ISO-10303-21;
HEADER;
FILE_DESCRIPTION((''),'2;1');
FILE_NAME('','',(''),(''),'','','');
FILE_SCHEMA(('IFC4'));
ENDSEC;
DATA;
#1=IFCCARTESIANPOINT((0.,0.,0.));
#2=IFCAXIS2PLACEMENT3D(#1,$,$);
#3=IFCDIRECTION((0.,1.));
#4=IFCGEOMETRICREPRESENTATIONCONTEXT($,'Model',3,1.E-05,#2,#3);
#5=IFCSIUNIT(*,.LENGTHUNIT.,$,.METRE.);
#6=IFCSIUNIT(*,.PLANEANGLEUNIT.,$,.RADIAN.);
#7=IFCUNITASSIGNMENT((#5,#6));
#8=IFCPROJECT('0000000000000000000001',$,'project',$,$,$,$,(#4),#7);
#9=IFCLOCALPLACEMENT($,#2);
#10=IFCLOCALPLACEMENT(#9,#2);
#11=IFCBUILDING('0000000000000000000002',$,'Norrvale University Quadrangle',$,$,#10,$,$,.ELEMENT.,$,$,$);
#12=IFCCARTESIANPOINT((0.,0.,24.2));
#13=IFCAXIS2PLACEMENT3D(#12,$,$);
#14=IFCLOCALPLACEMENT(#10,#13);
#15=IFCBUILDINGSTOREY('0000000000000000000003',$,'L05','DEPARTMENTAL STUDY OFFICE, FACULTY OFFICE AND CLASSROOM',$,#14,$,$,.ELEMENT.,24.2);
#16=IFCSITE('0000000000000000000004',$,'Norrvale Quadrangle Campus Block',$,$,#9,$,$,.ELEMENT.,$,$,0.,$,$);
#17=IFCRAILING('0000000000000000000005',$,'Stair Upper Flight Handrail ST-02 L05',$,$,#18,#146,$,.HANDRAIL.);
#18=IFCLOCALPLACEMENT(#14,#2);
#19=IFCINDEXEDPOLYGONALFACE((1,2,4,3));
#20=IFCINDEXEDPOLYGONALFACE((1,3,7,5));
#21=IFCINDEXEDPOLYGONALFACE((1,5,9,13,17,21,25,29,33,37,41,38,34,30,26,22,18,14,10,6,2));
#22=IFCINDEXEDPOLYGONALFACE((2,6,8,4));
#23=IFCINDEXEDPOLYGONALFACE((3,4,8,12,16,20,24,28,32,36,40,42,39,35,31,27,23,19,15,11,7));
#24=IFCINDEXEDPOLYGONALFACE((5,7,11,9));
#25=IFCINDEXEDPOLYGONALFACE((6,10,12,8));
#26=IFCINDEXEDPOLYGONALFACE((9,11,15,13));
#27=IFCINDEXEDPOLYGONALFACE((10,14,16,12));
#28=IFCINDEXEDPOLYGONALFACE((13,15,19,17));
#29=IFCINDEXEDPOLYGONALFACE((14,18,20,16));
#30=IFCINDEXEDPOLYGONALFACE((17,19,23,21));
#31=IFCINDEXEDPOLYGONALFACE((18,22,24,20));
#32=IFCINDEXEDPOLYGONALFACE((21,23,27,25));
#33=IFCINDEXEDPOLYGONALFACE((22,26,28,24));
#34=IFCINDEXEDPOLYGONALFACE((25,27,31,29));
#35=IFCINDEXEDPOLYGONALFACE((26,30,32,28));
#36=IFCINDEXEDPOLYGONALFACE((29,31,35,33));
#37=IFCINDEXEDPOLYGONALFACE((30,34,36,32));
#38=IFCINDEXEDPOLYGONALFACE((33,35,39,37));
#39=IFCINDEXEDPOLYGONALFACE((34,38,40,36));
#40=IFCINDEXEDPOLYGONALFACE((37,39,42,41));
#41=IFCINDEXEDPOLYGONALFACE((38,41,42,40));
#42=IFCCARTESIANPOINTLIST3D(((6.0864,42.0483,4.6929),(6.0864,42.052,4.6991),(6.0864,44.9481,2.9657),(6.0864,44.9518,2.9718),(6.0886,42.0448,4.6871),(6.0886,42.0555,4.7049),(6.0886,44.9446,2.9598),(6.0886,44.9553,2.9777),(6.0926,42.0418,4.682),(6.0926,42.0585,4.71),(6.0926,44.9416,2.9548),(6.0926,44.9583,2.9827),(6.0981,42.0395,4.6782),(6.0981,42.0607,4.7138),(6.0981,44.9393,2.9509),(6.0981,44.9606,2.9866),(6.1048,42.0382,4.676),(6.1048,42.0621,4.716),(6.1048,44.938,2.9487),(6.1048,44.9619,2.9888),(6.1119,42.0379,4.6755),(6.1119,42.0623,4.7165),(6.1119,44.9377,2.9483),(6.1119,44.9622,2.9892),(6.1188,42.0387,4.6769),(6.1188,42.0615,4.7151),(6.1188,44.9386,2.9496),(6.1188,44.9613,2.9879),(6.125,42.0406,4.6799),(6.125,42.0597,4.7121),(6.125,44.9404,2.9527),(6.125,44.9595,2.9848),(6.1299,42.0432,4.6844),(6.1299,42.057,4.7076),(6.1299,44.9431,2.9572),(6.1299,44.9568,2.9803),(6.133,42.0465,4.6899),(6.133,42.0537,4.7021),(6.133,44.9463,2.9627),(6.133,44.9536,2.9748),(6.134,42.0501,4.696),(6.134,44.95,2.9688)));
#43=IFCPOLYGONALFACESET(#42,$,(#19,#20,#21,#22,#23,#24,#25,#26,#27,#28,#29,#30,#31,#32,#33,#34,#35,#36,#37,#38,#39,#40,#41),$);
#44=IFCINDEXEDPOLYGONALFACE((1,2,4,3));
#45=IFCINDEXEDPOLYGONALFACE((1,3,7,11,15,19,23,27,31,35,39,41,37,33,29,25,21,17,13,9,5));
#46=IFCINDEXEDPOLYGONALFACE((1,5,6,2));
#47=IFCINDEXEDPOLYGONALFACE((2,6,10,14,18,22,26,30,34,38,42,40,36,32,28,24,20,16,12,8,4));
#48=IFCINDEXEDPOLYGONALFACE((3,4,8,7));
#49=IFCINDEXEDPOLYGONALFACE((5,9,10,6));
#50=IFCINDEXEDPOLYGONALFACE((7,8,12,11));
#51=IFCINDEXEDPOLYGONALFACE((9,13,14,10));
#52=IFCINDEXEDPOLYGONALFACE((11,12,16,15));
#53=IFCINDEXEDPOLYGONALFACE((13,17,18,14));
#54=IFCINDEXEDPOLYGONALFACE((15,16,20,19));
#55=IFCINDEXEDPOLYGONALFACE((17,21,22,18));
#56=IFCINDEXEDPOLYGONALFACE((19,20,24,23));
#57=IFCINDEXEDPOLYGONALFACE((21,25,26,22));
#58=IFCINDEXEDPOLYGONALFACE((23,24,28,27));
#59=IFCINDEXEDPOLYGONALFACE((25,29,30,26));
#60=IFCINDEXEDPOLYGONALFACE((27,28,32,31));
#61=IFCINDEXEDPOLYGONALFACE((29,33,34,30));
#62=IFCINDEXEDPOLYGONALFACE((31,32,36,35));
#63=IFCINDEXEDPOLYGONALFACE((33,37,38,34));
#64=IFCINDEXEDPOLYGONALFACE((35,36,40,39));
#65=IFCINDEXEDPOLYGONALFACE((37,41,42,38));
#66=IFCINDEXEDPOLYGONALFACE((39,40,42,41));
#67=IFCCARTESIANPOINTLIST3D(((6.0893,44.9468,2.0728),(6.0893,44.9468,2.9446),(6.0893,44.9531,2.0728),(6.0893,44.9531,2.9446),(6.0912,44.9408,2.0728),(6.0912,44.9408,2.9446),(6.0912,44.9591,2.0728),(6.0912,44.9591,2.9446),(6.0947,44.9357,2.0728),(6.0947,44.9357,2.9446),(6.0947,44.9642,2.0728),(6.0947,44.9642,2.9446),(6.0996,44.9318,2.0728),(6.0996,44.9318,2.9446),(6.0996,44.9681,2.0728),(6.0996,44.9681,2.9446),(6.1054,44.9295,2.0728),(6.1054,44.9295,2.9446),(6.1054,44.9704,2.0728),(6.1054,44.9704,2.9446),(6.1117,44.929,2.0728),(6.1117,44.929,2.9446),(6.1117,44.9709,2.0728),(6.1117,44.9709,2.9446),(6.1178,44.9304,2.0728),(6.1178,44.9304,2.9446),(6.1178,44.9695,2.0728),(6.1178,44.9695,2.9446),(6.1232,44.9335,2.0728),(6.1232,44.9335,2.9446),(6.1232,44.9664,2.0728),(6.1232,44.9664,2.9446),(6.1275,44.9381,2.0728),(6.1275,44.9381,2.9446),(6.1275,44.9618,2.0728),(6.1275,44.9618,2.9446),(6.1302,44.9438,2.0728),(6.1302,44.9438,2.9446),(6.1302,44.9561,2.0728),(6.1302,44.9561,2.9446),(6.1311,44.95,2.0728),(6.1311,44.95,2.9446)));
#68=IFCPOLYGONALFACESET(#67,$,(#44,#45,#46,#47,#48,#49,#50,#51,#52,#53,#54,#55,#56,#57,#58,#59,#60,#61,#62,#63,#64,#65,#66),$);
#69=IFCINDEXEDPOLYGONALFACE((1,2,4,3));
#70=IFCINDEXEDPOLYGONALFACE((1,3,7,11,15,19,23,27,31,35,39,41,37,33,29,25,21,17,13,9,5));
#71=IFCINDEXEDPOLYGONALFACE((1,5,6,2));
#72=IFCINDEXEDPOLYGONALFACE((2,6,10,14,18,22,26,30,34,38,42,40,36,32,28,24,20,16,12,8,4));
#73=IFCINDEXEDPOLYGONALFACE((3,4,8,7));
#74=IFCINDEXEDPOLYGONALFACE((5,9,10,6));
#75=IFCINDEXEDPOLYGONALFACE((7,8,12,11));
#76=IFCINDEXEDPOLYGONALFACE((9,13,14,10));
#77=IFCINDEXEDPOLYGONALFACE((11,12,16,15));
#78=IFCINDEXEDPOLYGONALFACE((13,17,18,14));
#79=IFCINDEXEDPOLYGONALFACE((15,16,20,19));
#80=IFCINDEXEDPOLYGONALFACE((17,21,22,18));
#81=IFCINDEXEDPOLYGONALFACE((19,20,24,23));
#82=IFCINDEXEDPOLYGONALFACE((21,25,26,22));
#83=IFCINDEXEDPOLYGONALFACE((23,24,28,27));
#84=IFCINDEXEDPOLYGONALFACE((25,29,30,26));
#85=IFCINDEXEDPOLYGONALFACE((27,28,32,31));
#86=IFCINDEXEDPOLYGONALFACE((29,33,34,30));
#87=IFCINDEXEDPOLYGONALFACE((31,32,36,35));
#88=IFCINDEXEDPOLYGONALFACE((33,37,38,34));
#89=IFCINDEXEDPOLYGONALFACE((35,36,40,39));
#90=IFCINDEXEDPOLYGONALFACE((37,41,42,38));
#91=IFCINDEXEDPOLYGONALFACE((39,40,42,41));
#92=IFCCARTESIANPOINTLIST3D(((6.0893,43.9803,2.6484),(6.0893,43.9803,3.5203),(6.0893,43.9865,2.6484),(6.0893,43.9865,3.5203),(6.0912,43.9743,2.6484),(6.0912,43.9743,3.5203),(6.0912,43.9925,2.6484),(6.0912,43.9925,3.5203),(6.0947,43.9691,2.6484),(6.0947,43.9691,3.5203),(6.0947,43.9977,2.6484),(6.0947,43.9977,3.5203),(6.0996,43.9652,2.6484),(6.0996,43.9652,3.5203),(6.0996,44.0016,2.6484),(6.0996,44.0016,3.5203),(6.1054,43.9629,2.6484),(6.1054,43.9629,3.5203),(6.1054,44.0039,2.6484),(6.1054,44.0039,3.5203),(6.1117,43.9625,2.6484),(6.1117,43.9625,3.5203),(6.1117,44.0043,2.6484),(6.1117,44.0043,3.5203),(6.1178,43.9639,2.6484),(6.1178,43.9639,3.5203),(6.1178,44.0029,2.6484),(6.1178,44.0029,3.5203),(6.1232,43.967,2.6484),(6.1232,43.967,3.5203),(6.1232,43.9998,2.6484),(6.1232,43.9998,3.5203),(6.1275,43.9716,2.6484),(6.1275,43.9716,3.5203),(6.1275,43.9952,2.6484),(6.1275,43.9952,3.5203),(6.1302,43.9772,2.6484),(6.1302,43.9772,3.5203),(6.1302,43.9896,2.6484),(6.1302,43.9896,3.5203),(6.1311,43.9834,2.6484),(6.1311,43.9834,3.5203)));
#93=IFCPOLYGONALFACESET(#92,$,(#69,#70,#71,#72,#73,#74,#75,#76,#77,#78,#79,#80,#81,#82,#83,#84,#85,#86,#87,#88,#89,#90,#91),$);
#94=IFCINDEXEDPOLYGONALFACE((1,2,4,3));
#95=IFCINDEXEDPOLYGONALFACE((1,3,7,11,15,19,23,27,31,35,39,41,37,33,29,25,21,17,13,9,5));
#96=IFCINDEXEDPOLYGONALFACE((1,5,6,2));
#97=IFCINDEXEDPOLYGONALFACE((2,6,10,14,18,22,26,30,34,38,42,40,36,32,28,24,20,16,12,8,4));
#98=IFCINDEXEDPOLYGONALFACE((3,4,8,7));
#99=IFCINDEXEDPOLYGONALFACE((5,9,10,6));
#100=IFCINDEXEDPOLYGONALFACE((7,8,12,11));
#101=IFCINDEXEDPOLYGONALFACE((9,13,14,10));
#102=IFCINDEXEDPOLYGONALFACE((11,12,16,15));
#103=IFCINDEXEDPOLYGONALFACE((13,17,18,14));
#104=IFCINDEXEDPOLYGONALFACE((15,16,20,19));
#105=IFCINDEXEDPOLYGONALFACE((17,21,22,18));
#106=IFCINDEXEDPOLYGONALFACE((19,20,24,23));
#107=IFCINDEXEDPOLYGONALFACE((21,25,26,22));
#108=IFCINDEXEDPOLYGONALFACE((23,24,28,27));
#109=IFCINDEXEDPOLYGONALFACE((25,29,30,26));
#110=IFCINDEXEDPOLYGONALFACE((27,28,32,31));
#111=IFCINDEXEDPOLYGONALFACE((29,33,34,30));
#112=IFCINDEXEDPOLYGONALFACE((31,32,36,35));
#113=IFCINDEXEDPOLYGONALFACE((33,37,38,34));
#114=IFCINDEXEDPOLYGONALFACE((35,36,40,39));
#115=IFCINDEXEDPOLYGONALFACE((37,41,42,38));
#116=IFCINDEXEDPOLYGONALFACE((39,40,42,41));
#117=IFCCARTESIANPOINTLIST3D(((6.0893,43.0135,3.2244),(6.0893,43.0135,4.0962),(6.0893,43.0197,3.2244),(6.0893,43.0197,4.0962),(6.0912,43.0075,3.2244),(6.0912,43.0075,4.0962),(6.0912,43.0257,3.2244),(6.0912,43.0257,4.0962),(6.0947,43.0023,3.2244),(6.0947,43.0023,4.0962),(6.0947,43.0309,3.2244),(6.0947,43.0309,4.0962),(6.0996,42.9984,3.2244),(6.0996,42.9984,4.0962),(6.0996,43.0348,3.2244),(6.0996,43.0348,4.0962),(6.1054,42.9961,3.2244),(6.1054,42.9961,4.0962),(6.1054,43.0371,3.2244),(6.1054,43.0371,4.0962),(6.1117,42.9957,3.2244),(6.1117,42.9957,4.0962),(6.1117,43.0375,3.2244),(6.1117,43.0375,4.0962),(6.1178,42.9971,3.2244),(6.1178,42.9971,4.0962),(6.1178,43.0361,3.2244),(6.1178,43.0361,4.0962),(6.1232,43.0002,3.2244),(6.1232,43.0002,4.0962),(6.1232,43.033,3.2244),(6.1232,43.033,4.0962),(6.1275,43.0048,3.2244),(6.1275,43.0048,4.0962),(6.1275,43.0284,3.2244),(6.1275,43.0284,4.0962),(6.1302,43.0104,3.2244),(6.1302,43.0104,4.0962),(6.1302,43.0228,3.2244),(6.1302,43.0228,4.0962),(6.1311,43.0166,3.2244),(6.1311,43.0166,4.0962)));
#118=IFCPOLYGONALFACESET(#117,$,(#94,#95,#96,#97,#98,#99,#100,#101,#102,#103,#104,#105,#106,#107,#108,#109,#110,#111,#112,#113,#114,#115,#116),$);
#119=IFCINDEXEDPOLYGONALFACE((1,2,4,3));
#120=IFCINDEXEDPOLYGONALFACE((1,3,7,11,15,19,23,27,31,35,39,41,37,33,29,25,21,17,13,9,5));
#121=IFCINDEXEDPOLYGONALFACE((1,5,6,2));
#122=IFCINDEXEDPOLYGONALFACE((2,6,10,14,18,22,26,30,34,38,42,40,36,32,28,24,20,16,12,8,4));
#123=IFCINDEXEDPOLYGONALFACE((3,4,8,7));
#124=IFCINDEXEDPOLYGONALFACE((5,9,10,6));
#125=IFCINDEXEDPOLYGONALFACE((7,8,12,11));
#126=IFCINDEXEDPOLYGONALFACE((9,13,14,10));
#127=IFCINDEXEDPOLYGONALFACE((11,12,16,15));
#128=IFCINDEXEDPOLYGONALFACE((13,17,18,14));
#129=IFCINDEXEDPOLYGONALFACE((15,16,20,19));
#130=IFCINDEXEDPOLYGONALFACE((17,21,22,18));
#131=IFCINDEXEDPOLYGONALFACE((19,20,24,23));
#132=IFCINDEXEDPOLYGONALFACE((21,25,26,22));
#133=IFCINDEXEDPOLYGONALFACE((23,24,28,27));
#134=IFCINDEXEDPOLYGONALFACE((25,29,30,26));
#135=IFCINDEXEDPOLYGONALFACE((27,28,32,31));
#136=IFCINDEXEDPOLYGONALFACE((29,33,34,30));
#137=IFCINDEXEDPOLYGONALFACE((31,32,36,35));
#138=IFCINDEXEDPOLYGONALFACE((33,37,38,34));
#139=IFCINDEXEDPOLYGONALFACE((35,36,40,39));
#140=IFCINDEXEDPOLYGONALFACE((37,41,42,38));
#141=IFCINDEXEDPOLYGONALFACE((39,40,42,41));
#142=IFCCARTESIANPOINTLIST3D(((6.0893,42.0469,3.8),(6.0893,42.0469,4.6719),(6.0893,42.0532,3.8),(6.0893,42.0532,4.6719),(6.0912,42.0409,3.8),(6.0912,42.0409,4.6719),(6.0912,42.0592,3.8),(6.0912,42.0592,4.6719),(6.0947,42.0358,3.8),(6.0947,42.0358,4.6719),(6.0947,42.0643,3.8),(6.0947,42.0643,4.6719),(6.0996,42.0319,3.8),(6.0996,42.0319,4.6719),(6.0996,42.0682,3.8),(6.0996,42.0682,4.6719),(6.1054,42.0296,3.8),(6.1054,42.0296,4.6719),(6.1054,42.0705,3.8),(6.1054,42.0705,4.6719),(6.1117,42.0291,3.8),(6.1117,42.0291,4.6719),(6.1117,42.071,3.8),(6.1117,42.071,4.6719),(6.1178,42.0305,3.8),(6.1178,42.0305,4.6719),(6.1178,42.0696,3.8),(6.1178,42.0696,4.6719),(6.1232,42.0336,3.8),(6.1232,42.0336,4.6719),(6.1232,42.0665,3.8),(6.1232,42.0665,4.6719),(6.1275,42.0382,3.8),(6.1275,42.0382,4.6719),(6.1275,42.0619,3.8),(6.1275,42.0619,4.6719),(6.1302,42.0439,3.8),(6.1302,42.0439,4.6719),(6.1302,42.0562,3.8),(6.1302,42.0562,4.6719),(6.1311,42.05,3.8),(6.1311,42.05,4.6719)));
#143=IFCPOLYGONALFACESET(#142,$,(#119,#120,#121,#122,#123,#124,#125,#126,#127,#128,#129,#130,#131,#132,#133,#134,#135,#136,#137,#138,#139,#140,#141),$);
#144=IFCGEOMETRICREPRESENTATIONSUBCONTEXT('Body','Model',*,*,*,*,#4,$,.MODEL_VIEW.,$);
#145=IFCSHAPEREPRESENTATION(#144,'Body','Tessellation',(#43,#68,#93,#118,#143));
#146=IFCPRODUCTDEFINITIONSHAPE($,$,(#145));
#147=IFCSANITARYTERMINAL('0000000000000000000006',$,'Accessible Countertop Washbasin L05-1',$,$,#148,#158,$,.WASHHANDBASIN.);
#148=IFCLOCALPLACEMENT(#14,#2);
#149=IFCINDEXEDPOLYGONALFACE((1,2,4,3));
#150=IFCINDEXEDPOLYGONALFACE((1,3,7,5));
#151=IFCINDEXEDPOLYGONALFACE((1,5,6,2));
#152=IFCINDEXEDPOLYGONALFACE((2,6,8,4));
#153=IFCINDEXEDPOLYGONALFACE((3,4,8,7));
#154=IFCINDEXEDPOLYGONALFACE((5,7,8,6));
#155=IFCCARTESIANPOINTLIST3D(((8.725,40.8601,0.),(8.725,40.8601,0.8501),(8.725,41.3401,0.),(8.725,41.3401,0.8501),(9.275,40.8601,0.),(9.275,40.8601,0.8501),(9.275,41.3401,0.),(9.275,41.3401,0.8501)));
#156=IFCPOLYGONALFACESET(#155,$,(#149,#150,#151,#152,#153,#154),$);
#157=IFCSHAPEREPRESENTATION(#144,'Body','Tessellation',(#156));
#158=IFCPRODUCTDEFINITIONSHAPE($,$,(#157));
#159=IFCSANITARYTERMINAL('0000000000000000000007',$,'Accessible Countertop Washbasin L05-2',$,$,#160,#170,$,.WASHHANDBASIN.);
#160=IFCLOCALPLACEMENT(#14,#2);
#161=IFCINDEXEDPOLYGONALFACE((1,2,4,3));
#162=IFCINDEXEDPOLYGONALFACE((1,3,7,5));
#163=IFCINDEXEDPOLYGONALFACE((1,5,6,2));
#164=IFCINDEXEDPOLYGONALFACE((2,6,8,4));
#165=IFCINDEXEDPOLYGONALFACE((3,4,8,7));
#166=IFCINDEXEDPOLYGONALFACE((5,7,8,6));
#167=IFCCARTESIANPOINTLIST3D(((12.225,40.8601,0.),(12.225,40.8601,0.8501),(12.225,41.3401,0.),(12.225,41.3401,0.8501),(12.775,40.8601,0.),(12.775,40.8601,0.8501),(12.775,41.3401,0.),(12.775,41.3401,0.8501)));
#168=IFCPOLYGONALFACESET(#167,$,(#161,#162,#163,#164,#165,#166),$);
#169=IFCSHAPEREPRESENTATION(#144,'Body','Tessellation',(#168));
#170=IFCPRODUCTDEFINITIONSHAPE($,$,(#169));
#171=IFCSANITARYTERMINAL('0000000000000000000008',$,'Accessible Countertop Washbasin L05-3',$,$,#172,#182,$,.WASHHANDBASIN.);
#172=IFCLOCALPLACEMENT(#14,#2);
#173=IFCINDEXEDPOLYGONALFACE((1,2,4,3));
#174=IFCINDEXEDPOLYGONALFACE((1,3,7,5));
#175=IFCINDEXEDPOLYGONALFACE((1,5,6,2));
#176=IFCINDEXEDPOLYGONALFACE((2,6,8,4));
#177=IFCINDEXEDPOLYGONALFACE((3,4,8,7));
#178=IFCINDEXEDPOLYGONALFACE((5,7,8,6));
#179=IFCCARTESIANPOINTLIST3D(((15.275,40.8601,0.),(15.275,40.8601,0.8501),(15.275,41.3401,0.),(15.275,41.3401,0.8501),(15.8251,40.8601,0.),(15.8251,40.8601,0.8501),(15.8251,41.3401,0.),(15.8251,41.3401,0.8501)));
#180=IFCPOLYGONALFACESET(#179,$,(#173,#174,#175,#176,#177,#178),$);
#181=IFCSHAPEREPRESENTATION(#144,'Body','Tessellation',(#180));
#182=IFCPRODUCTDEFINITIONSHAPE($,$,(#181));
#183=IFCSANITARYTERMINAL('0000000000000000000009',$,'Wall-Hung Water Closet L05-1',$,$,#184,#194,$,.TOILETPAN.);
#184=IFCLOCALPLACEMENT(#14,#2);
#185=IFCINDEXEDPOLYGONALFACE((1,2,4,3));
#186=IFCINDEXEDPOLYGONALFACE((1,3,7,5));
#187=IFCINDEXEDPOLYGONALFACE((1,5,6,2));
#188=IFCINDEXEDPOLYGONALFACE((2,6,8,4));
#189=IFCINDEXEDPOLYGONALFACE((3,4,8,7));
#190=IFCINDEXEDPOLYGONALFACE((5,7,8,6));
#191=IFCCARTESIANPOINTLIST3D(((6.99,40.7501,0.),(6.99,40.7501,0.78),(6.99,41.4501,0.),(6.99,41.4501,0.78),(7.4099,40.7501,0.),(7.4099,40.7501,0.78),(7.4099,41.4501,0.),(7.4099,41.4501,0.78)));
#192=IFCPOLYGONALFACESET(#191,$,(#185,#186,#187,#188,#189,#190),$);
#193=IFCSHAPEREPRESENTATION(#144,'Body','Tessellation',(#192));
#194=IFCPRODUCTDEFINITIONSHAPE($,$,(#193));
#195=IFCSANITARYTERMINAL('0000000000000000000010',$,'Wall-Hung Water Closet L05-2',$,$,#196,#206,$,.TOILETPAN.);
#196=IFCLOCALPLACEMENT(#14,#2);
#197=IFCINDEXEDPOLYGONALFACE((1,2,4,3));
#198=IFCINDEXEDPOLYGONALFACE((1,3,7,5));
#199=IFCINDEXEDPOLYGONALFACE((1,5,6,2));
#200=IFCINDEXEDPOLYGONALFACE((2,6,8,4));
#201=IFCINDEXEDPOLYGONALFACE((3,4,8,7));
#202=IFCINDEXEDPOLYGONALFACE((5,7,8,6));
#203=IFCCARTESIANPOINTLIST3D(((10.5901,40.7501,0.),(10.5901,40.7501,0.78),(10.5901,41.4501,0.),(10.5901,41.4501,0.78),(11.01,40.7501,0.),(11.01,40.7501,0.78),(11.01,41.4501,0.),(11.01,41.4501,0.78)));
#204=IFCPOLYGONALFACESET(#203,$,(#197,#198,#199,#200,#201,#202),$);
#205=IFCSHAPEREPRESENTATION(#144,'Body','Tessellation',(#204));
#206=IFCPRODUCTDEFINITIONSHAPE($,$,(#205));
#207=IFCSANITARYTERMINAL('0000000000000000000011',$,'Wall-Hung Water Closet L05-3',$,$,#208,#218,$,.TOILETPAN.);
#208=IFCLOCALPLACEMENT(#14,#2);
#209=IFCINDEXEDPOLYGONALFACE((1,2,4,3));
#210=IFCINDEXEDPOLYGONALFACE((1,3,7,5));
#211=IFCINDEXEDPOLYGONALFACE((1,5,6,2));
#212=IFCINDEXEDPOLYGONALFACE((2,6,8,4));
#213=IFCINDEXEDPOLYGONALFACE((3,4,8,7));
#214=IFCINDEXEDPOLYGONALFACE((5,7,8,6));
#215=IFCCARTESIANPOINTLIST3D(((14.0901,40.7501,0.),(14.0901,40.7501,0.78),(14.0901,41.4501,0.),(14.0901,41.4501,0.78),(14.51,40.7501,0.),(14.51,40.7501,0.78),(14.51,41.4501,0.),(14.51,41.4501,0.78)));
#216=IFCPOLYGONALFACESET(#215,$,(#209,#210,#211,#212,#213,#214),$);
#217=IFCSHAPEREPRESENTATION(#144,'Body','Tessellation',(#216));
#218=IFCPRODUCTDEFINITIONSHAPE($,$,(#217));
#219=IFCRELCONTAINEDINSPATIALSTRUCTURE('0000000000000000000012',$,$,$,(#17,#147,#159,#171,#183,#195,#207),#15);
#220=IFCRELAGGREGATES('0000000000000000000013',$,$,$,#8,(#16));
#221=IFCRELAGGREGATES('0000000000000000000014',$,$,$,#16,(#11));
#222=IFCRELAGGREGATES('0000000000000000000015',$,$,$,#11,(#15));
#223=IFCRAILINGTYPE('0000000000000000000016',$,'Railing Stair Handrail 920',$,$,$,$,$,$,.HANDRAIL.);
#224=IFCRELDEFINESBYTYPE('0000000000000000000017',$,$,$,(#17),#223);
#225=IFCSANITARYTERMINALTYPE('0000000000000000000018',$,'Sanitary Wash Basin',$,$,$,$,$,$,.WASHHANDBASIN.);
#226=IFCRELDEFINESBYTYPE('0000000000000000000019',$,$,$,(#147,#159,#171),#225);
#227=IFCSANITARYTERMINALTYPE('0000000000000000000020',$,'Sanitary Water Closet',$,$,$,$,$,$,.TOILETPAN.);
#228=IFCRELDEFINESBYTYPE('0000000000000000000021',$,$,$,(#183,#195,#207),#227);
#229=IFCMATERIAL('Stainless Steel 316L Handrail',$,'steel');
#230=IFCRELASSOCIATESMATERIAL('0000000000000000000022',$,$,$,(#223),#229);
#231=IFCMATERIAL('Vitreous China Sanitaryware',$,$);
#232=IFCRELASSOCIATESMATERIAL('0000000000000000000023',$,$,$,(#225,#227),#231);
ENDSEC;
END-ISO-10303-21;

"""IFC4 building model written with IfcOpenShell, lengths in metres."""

from ifc_helpers import new_model, si_unit, direction, frame, origin, origin_2d, place, context, subcontext, project, spatial, rectangle, circle, extrude, material, type_object, element, save


model = new_model("IFC4")

# Units and contexts
model_context = context("Model", 3, precision=1e-05, world=origin(), true_north=direction((0.0, 1.0)))
body_context = subcontext(model_context, "Body", "Model", "MODEL_VIEW")
ifc_project = project(units=[si_unit("LENGTHUNIT", "METRE"), si_unit("PLANEANGLEUNIT", "RADIAN")], contexts=[model_context])

# Site, building, storey
site_placement = place(None, origin())
site = spatial("IfcSite", under=ifc_project, at=site_placement, Name="Norrvale Quadrangle Campus Block", CompositionType="ELEMENT", RefElevation=0.0)
building_placement = place(site_placement, origin())
building = spatial("IfcBuilding", under=site, at=building_placement, Name="Norrvale University Quadrangle", CompositionType="ELEMENT")
storey_placement = place(building_placement, frame((0.0, 0.0, 24.2)))
storey = spatial("IfcBuildingStorey", under=building, at=storey_placement, Name="L05", Description="DEPARTMENTAL STUDY OFFICE, FACULTY OFFICE AND CLASSROOM", CompositionType="ELEMENT", Elevation=24.2)

# Railing
ifc_material_1 = material(Name="Stainless Steel 316L Handrail", Category="steel")
railing_type_1 = type_object("IfcRailingType", Name="Railing Stair Handrail 920", PredefinedType="HANDRAIL", material=ifc_material_1)
railing_1_placement = place(storey_placement, frame((6.1101, 44.95, 2.0728)))
element("IfcRailing", 1, at=railing_1_placement, inside=storey, type_object=railing_type_1, Name="Stair Upper Flight Handrail ST-02 L05", PredefinedType="HANDRAIL", context=body_context, shape_type="SweptSolid", body=[
    extrude(circle(Radius=0.0239, at=origin_2d()), frame((0.0, 0.0, 0.896), z_axis=(0.0, -0.859141, 0.511738), x_axis=(1.0, 0.0, 0.0)), (0.0, 0.0, 1.0), 3.3752),
    extrude(circle(Radius=0.021, at=origin_2d()), origin(), (0.0, 0.0, 1.0), 0.8718),
    extrude(circle(Radius=0.021, at=origin_2d()), frame((0.0, -0.9666, 0.5757)), (0.0, 0.0, 1.0), 0.8718),
    extrude(circle(Radius=0.021, at=origin_2d()), frame((0.0, -1.9333, 1.1516)), (0.0, 0.0, 1.0), 0.8718),
    extrude(circle(Radius=0.021, at=origin_2d()), frame((0.0, -2.8999, 1.7273)), (0.0, 0.0, 1.0), 0.8718),
])

# Sanitary terminals
ifc_material_2 = material(Name="Vitreous China Sanitaryware")
sanitary_terminal_type_1 = type_object("IfcSanitaryTerminalType", Name="Sanitary Wash Basin", PredefinedType="WASHHANDBASIN", material=ifc_material_2)
for number, where, z_axis, x_axis, name in (
    (2, (9.0, 41.1001, 0.0), (0.0, 0.0, 1.0), (1.0, 0.0, 0.0), "Accessible Countertop Washbasin L05-1"),
    (3, (12.5, 41.1001, 0.0), (0.0, 0.0, 1.0), (1.0, 0.0, 0.0), "Accessible Countertop Washbasin L05-2"),
    (4, (15.55, 41.1001, 0.0), (0.0, 0.0, 1.0), (1.0, 0.0, 0.0), "Accessible Countertop Washbasin L05-3"),
):
    element("IfcSanitaryTerminal", number, at=place(storey_placement, frame(where, z_axis=z_axis, x_axis=x_axis)), inside=storey, type_object=sanitary_terminal_type_1, Name=name, PredefinedType="WASHHANDBASIN", context=body_context, shape_type="SweptSolid", body=[
        extrude(rectangle(XDim=0.55, YDim=0.48, at=origin_2d()), origin(), (0.0, 0.0, 1.0), 0.8501),
    ])
sanitary_terminal_type_2 = type_object("IfcSanitaryTerminalType", Name="Sanitary Water Closet", PredefinedType="TOILETPAN", material=ifc_material_2)
for number, where, z_axis, x_axis, name in (
    (5, (7.2, 41.1001, 0.0), (0.0, 0.0, 1.0), (1.0, 0.0, 0.0), "Wall-Hung Water Closet L05-1"),
    (6, (10.8, 41.1001, 0.0), (0.0, 0.0, 1.0), (1.0, 0.0, 0.0), "Wall-Hung Water Closet L05-2"),
    (7, (14.3, 41.1001, 0.0), (0.0, 0.0, 1.0), (1.0, 0.0, 0.0), "Wall-Hung Water Closet L05-3"),
):
    element("IfcSanitaryTerminal", number, at=place(storey_placement, frame(where, z_axis=z_axis, x_axis=x_axis)), inside=storey, type_object=sanitary_terminal_type_2, Name=name, PredefinedType="TOILETPAN", context=body_context, shape_type="SweptSolid", body=[
        extrude(rectangle(XDim=0.4199, YDim=0.7, at=origin_2d()), origin(), (0.0, 0.0, 1.0), 0.78),
    ])

save(model, "model.ifc")
